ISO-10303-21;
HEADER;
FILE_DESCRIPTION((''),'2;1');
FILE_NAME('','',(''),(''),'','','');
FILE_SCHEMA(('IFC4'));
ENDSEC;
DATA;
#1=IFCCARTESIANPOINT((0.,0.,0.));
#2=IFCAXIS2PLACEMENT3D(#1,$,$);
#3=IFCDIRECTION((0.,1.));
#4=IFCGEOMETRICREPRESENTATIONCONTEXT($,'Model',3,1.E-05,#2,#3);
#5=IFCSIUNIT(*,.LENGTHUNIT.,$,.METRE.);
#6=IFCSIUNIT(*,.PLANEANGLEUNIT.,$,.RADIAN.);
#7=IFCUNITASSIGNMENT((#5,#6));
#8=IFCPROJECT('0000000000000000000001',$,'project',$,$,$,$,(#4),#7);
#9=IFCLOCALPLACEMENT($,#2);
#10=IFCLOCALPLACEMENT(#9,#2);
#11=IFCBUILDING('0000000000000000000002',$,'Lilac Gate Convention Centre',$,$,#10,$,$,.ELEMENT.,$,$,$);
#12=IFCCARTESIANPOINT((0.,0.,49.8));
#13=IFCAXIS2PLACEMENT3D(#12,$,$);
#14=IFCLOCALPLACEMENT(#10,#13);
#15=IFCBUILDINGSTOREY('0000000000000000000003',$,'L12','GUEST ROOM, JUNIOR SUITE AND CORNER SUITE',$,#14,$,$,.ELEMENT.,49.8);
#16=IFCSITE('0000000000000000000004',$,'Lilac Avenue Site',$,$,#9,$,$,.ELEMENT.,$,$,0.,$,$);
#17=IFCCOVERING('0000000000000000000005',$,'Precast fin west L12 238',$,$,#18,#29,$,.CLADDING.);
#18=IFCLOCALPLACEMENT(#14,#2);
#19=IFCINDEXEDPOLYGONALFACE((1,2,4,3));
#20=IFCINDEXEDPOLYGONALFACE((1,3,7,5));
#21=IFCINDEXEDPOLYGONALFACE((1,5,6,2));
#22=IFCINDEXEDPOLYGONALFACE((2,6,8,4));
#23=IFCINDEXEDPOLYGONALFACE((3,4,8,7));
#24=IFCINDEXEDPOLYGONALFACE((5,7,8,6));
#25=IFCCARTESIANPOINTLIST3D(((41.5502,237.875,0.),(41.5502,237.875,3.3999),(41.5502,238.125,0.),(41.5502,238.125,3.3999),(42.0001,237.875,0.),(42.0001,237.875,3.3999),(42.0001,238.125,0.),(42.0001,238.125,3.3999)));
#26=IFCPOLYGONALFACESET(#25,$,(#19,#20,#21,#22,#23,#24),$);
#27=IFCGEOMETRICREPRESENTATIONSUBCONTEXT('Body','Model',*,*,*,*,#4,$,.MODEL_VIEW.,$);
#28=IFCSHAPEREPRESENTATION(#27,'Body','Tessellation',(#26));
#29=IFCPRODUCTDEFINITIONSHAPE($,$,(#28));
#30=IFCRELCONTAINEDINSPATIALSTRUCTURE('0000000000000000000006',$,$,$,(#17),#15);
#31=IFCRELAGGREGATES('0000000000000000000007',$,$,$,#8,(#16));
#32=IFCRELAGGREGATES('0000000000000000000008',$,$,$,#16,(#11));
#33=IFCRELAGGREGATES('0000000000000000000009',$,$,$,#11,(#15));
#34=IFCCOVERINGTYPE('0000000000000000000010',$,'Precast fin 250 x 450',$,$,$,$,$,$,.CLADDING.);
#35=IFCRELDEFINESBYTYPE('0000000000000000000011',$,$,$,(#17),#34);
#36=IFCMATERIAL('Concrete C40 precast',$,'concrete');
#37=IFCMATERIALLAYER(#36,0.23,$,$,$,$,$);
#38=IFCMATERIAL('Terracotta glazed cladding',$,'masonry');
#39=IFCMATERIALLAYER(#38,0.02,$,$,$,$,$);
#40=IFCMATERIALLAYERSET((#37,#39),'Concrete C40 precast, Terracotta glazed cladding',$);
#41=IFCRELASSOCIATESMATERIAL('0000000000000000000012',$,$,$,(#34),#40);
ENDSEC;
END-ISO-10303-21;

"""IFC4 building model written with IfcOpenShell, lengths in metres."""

from ifc_helpers import new_model, si_unit, direction, frame, frame_2d, origin, place, context, subcontext, project, spatial, rectangle, extrude, material, layer, layer_set, type_object, element, save


model = new_model("IFC4")

# Units and contexts
model_context = context("Model", 3, precision=1e-05, world=origin(), true_north=direction((0.0, 1.0)))
body_context = subcontext(model_context, "Body", "Model", "MODEL_VIEW")
ifc_project = project(units=[si_unit("LENGTHUNIT", "METRE"), si_unit("PLANEANGLEUNIT", "RADIAN")], contexts=[model_context])

# Site, building, storey
site_placement = place(None, origin())
site = spatial("IfcSite", under=ifc_project, at=site_placement, Name="Lilac Avenue Site", CompositionType="ELEMENT", RefElevation=0.0)
building_placement = place(site_placement, origin())
building = spatial("IfcBuilding", under=site, at=building_placement, Name="Lilac Gate Convention Centre", CompositionType="ELEMENT")
storey_placement = place(building_placement, frame((0.0, 0.0, 49.8)))
storey = spatial("IfcBuildingStorey", under=building, at=storey_placement, Name="L12", Description="GUEST ROOM, JUNIOR SUITE AND CORNER SUITE", CompositionType="ELEMENT", Elevation=49.8)

# Shared definitions
ifc_material_1 = material(Name="Concrete C40 precast", Category="concrete")

# Covering
ifc_layer_1 = layer(ifc_material_1, 0.23)
ifc_material_2 = material(Name="Terracotta glazed cladding", Category="masonry")
ifc_layer_2 = layer(ifc_material_2, 0.02)
ifc_layer_set_1 = layer_set([ifc_layer_1, ifc_layer_2], Name="Concrete C40 precast, Terracotta glazed cladding")
covering_type = type_object("IfcCoveringType", Name="Precast fin 250 x 450", PredefinedType="CLADDING", material=ifc_layer_set_1)
covering_placement = place(storey_placement, frame((41.55, 238.0, 0.0), z_axis=(0.0, 0.0, 1.0), x_axis=(1.0, 0.0, 0.0)))
element("IfcCovering", 1, at=covering_placement, inside=storey, type_object=covering_type, Name="Precast fin west L12 238", PredefinedType="CLADDING", context=body_context, shape_type="SweptSolid", body=[
    extrude(rectangle(XDim=0.45, YDim=0.25, at=frame_2d((0.2251, 0.0))), origin(), (0.0, 0.0, 1.0), 3.3999),
])

save(model, "model.ifc")
